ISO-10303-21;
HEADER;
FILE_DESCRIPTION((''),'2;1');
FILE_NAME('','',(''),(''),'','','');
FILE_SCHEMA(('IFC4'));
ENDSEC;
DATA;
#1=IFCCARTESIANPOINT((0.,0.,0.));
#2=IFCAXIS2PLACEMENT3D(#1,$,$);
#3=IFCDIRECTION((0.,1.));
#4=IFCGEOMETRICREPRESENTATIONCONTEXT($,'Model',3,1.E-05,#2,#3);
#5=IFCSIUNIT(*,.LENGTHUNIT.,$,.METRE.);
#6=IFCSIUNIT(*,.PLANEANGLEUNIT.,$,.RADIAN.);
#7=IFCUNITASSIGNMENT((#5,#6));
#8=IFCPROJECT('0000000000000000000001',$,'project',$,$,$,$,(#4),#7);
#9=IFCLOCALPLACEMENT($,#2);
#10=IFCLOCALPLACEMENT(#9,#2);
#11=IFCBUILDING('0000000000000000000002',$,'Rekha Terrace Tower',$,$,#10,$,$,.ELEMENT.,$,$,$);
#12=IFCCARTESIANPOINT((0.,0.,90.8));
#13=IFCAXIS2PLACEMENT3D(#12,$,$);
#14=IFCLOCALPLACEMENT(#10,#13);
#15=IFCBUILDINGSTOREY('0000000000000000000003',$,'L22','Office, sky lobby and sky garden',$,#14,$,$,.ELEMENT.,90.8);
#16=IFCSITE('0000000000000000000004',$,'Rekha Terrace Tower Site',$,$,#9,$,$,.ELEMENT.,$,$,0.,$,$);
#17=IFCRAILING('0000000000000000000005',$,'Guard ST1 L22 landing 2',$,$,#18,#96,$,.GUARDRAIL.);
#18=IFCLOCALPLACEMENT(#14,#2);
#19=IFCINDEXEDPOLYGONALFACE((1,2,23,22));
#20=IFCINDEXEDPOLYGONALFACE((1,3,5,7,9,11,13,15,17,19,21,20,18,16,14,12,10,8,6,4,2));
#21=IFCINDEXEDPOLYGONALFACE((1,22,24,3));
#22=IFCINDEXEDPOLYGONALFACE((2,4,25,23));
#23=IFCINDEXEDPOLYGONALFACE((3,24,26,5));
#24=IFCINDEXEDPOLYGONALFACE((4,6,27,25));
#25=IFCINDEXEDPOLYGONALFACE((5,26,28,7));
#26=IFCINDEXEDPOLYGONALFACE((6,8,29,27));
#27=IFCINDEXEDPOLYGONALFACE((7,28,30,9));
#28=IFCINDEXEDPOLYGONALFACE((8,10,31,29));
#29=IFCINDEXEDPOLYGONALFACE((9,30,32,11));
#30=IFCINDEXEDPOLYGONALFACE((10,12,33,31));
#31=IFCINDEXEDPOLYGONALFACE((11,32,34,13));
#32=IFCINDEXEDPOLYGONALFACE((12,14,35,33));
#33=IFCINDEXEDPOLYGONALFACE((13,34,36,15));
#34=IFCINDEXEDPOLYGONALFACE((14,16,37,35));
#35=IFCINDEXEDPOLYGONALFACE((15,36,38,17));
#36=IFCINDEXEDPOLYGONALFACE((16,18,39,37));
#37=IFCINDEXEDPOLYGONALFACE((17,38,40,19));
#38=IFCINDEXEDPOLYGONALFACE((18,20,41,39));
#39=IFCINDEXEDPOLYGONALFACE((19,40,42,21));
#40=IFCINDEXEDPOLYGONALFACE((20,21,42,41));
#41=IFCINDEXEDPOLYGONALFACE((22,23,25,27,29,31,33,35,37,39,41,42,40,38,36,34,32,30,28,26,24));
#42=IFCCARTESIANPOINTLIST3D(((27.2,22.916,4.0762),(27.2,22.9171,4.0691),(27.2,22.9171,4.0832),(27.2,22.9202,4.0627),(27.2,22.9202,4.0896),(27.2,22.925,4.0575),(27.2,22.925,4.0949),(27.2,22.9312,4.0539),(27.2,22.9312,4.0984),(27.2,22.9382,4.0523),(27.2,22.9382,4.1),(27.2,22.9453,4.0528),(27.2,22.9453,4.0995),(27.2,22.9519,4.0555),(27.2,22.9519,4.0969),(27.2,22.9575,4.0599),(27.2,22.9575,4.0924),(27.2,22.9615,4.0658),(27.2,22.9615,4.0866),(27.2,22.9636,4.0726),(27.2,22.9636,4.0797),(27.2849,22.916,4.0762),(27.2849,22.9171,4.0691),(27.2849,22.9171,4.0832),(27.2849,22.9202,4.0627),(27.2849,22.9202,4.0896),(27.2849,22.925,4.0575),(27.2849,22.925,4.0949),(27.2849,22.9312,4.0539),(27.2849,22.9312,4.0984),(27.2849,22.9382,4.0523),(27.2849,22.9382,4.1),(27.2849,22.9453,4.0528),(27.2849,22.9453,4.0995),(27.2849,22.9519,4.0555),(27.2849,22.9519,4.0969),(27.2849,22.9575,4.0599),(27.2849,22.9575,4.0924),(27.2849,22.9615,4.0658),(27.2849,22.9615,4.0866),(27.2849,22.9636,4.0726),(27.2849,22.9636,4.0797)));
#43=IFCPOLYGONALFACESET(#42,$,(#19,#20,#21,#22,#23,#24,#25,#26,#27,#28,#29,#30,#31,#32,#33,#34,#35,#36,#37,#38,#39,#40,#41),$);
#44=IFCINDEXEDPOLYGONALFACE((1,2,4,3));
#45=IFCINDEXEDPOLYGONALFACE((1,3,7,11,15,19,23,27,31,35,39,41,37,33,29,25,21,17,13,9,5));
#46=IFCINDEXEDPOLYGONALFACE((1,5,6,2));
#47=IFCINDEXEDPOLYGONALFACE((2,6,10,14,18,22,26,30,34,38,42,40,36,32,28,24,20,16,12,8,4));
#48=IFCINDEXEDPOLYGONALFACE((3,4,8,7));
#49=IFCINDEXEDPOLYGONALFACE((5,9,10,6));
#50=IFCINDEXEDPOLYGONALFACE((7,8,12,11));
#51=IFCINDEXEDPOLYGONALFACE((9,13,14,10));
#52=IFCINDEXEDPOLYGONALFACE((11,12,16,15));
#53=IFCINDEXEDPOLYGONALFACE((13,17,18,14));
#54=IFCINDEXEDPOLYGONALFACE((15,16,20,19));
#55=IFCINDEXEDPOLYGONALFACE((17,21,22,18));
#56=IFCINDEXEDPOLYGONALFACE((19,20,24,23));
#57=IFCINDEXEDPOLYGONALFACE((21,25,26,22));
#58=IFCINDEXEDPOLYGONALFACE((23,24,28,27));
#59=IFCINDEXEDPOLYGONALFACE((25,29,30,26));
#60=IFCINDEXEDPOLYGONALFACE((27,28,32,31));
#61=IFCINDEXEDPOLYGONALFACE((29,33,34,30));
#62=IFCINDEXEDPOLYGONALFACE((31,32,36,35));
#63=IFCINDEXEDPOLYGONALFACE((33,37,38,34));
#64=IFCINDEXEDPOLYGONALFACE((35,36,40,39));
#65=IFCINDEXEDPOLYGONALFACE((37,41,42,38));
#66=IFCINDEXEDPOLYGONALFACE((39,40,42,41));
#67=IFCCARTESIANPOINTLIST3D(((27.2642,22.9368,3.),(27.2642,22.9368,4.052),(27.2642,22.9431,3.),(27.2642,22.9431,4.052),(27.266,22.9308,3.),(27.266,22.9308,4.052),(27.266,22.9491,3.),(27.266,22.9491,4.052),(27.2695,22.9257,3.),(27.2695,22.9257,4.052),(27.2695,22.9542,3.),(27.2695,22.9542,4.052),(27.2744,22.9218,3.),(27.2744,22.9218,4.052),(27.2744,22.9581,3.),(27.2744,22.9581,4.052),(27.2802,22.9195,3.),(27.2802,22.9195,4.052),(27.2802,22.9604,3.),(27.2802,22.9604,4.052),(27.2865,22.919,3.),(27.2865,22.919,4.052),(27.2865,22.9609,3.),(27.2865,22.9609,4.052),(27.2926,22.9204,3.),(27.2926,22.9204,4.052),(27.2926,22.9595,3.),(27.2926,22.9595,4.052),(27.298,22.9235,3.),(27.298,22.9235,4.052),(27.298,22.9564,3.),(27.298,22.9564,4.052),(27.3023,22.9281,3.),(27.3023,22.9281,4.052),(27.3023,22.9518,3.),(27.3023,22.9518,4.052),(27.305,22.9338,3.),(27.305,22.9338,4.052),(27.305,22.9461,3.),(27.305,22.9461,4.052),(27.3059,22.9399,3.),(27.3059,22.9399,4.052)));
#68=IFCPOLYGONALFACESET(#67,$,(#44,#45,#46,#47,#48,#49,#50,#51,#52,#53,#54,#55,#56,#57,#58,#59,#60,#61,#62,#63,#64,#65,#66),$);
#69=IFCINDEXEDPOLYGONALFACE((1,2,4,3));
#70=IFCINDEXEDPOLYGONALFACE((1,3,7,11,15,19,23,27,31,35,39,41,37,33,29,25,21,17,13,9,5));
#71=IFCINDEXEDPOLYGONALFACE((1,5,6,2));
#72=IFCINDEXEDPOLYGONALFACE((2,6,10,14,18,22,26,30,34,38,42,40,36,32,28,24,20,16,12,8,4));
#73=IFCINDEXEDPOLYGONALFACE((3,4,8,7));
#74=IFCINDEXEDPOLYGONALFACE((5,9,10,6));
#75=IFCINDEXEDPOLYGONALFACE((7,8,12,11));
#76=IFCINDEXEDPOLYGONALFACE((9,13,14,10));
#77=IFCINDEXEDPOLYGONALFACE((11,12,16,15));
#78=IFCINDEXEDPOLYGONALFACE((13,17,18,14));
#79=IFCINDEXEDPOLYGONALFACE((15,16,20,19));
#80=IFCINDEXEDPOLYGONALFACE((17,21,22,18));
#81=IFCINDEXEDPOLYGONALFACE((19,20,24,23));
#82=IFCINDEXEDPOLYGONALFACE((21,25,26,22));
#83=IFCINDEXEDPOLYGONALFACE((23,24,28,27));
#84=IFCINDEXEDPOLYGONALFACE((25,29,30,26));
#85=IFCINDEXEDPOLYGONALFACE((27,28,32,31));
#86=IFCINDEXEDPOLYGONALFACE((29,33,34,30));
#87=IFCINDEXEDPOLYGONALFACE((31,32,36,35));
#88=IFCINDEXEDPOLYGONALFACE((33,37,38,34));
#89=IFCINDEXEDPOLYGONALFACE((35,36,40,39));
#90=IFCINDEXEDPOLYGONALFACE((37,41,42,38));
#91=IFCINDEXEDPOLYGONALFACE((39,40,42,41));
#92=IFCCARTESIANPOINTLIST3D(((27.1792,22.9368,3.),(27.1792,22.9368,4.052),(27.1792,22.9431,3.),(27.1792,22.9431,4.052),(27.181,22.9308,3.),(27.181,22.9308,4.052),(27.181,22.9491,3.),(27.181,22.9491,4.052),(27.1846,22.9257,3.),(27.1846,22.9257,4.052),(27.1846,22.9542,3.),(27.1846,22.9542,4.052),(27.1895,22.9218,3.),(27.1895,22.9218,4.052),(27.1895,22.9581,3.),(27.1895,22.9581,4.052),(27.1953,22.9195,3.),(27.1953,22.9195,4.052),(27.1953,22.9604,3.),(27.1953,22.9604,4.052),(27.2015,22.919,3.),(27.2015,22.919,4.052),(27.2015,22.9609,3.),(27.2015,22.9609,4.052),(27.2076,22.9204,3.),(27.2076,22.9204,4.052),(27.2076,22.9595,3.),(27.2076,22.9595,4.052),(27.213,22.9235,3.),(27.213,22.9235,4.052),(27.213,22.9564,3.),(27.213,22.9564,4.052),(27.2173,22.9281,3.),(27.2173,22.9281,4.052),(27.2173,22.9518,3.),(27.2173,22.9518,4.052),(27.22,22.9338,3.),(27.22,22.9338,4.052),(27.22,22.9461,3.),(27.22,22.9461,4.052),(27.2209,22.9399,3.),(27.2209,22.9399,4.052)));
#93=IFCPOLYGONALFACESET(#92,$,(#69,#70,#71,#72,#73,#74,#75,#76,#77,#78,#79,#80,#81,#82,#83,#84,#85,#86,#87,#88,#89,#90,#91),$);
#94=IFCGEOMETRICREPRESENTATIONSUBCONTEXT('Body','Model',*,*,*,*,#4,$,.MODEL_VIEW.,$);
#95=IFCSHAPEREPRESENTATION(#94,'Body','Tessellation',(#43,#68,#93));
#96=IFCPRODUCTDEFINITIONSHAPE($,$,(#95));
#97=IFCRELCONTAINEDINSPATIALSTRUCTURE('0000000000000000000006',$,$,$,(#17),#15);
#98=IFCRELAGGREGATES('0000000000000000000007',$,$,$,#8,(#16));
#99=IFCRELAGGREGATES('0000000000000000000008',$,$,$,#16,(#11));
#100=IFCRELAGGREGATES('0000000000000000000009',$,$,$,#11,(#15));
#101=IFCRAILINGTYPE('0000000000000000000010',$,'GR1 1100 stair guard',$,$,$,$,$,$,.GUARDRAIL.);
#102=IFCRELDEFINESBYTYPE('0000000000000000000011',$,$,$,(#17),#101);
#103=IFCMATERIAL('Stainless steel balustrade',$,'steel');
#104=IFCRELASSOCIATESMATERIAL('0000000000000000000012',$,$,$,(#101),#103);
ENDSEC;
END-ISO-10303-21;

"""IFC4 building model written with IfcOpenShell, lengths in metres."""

from ifc_helpers import new_model, si_unit, direction, frame, origin, origin_2d, place, context, subcontext, project, spatial, circle, extrude, material, type_object, element, save


model = new_model("IFC4")

# Units and contexts
model_context = context("Model", 3, precision=1e-05, world=origin(), true_north=direction((0.0, 1.0)))
body_context = subcontext(model_context, "Body", "Model", "MODEL_VIEW")
ifc_project = project(units=[si_unit("LENGTHUNIT", "METRE"), si_unit("PLANEANGLEUNIT", "RADIAN")], contexts=[model_context])

# Site, building, storey
site_placement = place(None, origin())
site = spatial("IfcSite", under=ifc_project, at=site_placement, Name="Rekha Terrace Tower Site", CompositionType="ELEMENT", RefElevation=0.0)
building_placement = place(site_placement, origin())
building = spatial("IfcBuilding", under=site, at=building_placement, Name="Rekha Terrace Tower", CompositionType="ELEMENT")
storey_placement = place(building_placement, frame((0.0, 0.0, 90.8)))
storey = spatial("IfcBuildingStorey", under=building, at=storey_placement, Name="L22", Description="Office, sky lobby and sky garden", CompositionType="ELEMENT", Elevation=90.8)

# Railing
ifc_material_1 = material(Name="Stainless steel balustrade", Category="steel")
railing_type_1 = type_object("IfcRailingType", Name="GR1 1100 stair guard", PredefinedType="GUARDRAIL", material=ifc_material_1)
railing_1_placement = place(storey_placement, frame((27.2849, 22.9399, 3.0)))
element("IfcRailing", 1, at=railing_1_placement, inside=storey, type_object=railing_type_1, Name="Guard ST1 L22 landing 2", PredefinedType="GUARDRAIL", context=body_context, shape_type="SweptSolid", body=[
    extrude(circle(Radius=0.0239, at=origin_2d()), frame((0.0, 0.0, 1.0762), z_axis=(-1.0, 0.0, 0.0), x_axis=(0.0, -1.0, 0.0)), (0.0, 0.0, 1.0), 0.085),
    extrude(circle(Radius=0.021, at=origin_2d()), origin(), (0.0, 0.0, 1.0), 1.052),
    extrude(circle(Radius=0.021, at=origin_2d()), frame((-0.085, 0.0, 0.0)), (0.0, 0.0, 1.0), 1.052),
])

save(model, "model.ifc")
